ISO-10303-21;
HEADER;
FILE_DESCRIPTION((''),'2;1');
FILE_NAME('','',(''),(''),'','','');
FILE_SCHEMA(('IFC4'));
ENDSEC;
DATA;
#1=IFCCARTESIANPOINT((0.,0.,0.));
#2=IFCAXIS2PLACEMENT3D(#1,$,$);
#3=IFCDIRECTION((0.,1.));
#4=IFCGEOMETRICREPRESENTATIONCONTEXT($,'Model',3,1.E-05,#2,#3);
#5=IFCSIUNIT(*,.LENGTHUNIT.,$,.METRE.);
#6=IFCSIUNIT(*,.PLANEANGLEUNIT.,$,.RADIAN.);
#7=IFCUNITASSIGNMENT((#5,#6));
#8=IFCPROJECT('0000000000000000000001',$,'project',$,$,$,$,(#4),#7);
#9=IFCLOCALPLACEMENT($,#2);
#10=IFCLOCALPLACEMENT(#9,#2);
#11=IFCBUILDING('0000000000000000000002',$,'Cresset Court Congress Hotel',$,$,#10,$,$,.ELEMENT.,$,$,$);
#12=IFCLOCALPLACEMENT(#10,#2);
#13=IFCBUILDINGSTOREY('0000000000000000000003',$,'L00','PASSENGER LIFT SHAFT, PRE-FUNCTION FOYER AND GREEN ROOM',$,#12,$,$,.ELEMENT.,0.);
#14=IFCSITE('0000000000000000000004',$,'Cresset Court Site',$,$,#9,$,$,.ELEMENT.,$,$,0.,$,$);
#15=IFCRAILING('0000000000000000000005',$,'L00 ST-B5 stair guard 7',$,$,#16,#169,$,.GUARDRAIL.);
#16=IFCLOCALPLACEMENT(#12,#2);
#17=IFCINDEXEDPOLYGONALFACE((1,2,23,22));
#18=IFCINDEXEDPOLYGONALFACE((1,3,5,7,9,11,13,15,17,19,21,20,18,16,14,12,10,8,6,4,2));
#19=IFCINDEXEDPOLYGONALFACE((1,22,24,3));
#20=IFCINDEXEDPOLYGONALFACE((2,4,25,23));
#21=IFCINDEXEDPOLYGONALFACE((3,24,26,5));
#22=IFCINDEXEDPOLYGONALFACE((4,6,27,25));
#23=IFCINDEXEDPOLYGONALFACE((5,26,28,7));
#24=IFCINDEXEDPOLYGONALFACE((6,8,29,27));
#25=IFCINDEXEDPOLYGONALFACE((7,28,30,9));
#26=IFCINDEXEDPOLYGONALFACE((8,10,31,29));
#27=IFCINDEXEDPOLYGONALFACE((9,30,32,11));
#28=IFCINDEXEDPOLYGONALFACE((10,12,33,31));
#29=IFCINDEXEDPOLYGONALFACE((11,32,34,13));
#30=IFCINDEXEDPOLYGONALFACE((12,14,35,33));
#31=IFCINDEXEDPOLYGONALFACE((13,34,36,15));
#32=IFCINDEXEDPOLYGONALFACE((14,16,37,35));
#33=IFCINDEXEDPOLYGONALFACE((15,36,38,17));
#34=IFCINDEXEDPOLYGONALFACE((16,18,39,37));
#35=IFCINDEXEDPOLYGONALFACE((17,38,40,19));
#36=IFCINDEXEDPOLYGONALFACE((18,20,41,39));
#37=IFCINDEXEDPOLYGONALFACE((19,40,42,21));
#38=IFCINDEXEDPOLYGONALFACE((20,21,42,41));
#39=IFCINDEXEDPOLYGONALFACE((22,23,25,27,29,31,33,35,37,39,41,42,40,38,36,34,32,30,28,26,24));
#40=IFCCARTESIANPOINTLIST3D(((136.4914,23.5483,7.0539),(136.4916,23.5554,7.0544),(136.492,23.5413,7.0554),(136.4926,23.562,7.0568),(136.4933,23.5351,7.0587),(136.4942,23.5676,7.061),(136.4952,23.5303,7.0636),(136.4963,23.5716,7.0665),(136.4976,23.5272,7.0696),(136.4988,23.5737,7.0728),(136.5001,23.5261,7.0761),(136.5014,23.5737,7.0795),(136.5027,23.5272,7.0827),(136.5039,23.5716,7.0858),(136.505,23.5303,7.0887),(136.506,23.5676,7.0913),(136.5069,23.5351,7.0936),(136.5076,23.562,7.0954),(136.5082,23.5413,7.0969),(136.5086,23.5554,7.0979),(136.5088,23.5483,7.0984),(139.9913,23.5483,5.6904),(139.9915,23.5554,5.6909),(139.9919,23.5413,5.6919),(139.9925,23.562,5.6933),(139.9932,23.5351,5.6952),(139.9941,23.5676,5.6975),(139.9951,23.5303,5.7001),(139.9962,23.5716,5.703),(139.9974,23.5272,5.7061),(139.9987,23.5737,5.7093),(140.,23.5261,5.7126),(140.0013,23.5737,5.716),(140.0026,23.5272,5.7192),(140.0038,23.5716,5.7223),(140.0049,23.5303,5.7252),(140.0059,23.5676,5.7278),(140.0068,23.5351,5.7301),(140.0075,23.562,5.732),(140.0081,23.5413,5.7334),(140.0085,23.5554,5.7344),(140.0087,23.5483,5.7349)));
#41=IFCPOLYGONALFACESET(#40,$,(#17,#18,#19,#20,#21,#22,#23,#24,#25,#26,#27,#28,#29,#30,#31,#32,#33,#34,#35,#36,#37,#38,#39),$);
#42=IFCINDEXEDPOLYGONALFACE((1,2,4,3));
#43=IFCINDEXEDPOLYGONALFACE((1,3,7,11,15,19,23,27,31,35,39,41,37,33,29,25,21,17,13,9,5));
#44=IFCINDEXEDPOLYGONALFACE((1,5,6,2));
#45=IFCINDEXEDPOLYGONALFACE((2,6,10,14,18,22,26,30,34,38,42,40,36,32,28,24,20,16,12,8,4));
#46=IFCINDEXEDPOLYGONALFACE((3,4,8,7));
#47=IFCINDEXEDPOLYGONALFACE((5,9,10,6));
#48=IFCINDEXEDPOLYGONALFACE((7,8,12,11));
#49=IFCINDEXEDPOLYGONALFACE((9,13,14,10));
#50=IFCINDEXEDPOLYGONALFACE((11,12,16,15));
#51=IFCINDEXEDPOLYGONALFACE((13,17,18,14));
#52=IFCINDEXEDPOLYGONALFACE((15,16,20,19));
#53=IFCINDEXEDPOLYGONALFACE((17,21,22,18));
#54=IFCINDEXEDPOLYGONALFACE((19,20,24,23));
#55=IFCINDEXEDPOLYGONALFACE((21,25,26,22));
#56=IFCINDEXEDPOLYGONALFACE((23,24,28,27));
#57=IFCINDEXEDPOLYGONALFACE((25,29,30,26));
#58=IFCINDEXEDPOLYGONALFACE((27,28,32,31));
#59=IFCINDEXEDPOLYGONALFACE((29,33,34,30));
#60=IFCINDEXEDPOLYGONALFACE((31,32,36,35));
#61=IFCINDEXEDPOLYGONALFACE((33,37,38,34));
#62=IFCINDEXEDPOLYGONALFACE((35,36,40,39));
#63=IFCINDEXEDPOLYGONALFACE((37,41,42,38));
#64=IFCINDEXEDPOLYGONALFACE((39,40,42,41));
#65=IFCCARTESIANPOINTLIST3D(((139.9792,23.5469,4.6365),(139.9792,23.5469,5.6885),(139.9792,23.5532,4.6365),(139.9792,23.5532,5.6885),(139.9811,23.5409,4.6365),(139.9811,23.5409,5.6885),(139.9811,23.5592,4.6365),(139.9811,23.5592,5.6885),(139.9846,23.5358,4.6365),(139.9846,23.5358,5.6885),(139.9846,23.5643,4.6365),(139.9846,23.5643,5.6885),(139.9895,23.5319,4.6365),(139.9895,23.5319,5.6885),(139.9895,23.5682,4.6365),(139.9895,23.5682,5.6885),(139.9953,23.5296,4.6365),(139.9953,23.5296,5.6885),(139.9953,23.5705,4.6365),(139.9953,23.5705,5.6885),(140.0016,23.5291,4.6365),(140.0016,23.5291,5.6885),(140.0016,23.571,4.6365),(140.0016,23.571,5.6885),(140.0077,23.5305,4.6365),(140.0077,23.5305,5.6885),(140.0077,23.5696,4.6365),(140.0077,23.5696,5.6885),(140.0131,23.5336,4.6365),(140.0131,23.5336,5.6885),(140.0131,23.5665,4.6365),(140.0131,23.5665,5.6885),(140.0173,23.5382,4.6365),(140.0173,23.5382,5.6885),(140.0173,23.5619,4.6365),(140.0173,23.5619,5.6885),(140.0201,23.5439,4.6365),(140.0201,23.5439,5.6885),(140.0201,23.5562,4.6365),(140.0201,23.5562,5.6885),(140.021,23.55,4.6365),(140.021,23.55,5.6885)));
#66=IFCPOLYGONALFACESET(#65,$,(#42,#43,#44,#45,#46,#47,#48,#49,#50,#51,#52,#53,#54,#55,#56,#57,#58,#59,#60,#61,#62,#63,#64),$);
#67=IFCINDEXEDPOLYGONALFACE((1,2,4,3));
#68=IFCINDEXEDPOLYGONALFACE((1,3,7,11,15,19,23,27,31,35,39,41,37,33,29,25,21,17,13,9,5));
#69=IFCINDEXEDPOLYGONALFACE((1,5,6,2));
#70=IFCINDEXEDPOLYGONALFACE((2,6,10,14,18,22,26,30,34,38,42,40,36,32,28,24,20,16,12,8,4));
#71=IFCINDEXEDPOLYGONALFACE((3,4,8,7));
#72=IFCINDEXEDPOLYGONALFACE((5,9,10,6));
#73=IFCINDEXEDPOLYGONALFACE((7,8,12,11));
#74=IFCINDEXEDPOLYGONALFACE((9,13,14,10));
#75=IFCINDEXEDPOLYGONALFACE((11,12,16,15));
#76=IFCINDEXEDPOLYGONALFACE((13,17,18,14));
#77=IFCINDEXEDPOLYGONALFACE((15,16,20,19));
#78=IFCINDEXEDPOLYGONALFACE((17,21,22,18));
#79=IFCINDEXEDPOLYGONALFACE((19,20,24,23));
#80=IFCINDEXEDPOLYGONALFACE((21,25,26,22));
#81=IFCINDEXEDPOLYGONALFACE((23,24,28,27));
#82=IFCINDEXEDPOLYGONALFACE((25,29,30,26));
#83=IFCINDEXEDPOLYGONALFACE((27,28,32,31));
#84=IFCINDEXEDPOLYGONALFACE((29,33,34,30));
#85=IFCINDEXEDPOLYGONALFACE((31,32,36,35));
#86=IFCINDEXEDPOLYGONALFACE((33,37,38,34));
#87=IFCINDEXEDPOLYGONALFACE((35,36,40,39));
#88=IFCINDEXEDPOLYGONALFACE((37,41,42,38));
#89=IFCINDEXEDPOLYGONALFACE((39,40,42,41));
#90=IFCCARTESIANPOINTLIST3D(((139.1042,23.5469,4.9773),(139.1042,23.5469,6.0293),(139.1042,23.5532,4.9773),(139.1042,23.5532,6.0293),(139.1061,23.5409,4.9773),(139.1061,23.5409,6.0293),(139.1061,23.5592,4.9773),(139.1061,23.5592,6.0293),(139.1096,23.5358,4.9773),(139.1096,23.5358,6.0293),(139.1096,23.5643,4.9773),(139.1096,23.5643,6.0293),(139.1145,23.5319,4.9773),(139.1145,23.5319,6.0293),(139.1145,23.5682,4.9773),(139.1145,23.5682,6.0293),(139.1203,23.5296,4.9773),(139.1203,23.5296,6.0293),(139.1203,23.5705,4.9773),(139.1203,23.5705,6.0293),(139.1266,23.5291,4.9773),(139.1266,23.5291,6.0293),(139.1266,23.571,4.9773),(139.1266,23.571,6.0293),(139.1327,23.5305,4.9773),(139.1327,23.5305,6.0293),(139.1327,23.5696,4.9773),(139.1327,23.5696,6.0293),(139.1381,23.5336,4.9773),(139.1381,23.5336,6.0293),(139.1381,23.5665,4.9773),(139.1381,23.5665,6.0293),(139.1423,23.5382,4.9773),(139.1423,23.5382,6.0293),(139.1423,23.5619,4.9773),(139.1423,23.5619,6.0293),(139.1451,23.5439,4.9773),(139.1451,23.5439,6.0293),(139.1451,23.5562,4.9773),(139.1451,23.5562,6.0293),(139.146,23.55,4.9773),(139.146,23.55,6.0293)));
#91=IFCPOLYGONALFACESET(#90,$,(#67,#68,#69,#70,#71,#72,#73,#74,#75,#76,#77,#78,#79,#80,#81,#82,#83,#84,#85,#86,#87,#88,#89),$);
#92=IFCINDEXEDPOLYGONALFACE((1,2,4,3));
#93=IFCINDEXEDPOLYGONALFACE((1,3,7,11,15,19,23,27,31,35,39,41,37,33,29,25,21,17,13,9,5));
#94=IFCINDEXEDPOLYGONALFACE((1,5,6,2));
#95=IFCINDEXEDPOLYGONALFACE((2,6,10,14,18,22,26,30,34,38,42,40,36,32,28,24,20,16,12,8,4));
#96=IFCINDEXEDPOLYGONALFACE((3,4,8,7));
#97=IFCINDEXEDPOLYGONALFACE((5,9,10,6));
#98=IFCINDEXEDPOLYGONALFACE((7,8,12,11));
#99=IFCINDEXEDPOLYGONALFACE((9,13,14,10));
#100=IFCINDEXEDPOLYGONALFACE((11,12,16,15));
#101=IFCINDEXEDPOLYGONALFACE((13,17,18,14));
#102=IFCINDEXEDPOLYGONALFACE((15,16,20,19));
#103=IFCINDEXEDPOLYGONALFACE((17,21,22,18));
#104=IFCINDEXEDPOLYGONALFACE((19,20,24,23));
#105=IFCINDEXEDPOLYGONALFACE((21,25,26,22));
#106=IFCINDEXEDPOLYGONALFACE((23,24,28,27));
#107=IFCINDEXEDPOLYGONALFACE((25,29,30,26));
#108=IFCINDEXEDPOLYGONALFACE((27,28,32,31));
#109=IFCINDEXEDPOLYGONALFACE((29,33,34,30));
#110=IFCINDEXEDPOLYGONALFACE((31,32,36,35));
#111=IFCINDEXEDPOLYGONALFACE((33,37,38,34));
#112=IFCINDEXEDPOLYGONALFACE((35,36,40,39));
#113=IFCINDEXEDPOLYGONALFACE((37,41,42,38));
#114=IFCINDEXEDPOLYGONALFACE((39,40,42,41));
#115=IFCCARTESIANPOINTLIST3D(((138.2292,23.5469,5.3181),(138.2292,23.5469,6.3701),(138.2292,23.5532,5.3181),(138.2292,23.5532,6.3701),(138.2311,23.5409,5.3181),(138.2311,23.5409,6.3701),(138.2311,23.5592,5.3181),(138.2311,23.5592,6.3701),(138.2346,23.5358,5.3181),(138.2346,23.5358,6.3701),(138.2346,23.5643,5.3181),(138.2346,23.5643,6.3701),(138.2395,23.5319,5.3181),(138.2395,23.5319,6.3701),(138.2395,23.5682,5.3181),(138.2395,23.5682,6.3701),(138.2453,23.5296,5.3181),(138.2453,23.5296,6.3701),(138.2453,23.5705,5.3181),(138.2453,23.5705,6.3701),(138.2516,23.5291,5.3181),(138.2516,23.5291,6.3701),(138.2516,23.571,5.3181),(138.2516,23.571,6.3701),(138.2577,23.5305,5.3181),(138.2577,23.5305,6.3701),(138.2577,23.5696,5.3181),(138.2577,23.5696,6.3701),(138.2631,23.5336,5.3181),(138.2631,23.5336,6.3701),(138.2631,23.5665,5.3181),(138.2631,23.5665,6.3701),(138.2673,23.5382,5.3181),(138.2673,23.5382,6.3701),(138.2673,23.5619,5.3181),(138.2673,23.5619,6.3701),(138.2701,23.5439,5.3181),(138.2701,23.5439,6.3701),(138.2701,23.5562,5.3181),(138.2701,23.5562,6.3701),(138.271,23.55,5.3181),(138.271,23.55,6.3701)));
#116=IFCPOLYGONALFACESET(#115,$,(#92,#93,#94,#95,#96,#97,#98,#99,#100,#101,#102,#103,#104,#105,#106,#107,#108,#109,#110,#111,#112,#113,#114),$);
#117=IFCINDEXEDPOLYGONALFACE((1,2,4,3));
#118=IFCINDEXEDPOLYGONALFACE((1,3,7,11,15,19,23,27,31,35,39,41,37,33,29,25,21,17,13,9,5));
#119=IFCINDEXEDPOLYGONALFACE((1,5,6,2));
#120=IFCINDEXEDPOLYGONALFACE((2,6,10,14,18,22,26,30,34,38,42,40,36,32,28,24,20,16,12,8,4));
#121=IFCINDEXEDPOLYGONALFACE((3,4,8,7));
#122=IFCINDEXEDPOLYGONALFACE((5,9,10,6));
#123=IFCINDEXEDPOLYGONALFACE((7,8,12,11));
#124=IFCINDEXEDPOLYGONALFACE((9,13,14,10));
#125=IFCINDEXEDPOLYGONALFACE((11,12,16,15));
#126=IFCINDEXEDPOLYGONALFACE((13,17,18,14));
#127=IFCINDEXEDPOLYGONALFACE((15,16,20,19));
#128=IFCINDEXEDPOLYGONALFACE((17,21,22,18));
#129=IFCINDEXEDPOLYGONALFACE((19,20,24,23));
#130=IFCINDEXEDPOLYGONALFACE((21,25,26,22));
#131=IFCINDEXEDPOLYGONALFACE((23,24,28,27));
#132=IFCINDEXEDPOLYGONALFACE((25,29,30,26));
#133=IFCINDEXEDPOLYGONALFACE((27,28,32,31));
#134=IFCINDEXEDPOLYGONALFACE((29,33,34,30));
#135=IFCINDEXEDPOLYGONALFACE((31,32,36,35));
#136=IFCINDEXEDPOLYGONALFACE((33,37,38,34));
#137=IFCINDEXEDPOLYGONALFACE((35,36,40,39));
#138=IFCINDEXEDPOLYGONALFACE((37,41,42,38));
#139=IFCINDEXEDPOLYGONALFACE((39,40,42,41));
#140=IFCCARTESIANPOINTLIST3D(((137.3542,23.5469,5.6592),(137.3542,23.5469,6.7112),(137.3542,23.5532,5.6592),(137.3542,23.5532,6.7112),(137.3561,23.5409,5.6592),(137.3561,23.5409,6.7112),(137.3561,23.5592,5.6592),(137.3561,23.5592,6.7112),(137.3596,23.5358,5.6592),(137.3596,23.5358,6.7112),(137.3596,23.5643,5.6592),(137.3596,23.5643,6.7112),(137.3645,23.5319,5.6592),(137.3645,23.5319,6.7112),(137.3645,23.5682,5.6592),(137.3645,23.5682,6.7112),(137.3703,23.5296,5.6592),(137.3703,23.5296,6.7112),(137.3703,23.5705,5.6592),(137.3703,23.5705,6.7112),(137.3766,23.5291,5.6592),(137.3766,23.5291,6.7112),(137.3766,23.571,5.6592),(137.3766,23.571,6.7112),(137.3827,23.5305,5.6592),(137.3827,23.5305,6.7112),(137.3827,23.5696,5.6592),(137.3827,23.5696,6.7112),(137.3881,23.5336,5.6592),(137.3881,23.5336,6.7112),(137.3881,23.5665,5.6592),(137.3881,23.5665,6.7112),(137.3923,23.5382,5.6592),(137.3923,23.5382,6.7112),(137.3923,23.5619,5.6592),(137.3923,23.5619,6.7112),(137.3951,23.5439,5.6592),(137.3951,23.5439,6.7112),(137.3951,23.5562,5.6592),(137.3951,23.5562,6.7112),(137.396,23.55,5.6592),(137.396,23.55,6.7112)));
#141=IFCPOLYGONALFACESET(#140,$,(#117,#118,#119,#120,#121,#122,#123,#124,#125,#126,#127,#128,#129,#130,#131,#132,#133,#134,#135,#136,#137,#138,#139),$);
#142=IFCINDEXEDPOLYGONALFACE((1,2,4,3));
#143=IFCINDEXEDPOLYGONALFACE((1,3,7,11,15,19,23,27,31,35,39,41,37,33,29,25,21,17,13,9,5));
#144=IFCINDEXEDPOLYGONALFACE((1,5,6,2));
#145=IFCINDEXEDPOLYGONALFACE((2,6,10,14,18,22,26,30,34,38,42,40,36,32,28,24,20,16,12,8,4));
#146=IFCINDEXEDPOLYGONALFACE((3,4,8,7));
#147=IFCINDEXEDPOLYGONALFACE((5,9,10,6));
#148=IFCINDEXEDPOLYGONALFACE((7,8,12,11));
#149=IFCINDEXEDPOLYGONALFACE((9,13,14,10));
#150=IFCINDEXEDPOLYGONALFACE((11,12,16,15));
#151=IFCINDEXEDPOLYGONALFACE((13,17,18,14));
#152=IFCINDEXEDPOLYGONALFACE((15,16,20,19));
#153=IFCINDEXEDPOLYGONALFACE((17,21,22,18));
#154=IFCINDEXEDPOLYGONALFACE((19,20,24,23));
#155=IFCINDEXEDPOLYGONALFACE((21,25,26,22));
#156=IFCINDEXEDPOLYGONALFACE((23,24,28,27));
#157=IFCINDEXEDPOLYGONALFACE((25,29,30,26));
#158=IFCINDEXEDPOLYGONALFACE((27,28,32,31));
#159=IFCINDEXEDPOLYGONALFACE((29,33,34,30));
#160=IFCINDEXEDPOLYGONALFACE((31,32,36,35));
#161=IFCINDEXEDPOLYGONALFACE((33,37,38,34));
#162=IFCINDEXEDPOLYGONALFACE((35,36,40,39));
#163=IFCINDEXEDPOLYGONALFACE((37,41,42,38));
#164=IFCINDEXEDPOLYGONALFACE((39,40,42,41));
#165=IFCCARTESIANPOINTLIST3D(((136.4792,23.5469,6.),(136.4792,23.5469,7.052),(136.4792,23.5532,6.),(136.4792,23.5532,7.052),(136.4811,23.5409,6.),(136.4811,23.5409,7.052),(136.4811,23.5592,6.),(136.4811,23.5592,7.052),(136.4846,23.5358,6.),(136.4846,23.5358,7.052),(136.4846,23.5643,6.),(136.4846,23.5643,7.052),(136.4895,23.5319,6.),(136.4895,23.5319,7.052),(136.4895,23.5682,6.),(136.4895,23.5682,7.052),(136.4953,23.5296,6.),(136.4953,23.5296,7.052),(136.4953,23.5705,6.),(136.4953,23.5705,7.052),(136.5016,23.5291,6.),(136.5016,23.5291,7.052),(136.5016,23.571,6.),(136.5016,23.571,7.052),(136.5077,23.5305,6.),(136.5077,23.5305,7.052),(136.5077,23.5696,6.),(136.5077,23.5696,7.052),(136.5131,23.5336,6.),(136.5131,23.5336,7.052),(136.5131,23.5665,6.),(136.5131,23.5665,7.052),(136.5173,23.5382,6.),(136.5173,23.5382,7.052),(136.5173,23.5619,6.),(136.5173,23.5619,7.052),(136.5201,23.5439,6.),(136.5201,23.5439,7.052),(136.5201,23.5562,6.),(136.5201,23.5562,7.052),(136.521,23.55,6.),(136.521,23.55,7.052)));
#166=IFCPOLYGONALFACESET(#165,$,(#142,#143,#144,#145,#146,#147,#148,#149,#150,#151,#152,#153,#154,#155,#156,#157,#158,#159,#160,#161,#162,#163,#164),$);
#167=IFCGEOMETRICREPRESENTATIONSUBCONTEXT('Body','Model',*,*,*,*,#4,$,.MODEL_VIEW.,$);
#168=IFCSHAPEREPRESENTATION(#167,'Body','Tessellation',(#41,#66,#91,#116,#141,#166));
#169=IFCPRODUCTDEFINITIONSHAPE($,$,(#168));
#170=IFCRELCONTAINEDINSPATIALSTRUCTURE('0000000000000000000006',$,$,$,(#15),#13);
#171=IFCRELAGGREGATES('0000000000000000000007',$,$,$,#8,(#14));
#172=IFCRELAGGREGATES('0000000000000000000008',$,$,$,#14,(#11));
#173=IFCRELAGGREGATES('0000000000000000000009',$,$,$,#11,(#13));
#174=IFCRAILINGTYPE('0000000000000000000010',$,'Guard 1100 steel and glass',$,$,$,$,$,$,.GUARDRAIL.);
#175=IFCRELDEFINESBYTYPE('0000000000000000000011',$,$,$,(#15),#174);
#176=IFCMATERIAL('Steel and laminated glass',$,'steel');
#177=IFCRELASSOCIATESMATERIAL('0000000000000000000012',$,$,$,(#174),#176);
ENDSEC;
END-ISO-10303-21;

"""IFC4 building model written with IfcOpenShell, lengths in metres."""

from ifc_helpers import new_model, si_unit, direction, frame, origin, origin_2d, place, context, subcontext, project, spatial, circle, extrude, material, type_object, element, save


model = new_model("IFC4")

# Units and contexts
model_context = context("Model", 3, precision=1e-05, world=origin(), true_north=direction((0.0, 1.0)))
body_context = subcontext(model_context, "Body", "Model", "MODEL_VIEW")
ifc_project = project(units=[si_unit("LENGTHUNIT", "METRE"), si_unit("PLANEANGLEUNIT", "RADIAN")], contexts=[model_context])

# Site, building, storey
site_placement = place(None, origin())
site = spatial("IfcSite", under=ifc_project, at=site_placement, Name="Cresset Court Site", CompositionType="ELEMENT", RefElevation=0.0)
building_placement = place(site_placement, origin())
building = spatial("IfcBuilding", under=site, at=building_placement, Name="Cresset Court Congress Hotel", CompositionType="ELEMENT")
storey_placement = place(building_placement, origin())
storey = spatial("IfcBuildingStorey", under=building, at=storey_placement, Name="L00", Description="PASSENGER LIFT SHAFT, PRE-FUNCTION FOYER AND GREEN ROOM", CompositionType="ELEMENT", Elevation=0.0)

# Railing
ifc_material_1 = material(Name="Steel and laminated glass", Category="steel")
railing_type_1 = type_object("IfcRailingType", Name="Guard 1100 steel and glass", PredefinedType="GUARDRAIL", material=ifc_material_1)
railing_1_placement = place(storey_placement, frame((140.0, 23.55, 4.6365)))
element("IfcRailing", 1, at=railing_1_placement, inside=storey, type_object=railing_type_1, Name="L00 ST-B5 stair guard 7", PredefinedType="GUARDRAIL", context=body_context, shape_type="SweptSolid", body=[
    extrude(circle(Radius=0.0239, at=origin_2d()), frame((0.0, 0.0, 1.0762), z_axis=(-0.931787, 0.0, 0.363005), x_axis=(0.0, -1.0, 0.0)), (0.0, 0.0, 1.0), 3.7561),
    extrude(circle(Radius=0.021, at=origin_2d()), origin(), (0.0, 0.0, 1.0), 1.052),
    extrude(circle(Radius=0.021, at=origin_2d()), frame((-0.875, 0.0, 0.3408)), (0.0, 0.0, 1.0), 1.052),
    extrude(circle(Radius=0.021, at=origin_2d()), frame((-1.75, 0.0, 0.6816)), (0.0, 0.0, 1.0), 1.052),
    extrude(circle(Radius=0.021, at=origin_2d()), frame((-2.625, 0.0, 1.0227)), (0.0, 0.0, 1.0), 1.052),
    extrude(circle(Radius=0.021, at=origin_2d()), frame((-3.5, 0.0, 1.3635)), (0.0, 0.0, 1.0), 1.052),
])

save(model, "model.ifc")
